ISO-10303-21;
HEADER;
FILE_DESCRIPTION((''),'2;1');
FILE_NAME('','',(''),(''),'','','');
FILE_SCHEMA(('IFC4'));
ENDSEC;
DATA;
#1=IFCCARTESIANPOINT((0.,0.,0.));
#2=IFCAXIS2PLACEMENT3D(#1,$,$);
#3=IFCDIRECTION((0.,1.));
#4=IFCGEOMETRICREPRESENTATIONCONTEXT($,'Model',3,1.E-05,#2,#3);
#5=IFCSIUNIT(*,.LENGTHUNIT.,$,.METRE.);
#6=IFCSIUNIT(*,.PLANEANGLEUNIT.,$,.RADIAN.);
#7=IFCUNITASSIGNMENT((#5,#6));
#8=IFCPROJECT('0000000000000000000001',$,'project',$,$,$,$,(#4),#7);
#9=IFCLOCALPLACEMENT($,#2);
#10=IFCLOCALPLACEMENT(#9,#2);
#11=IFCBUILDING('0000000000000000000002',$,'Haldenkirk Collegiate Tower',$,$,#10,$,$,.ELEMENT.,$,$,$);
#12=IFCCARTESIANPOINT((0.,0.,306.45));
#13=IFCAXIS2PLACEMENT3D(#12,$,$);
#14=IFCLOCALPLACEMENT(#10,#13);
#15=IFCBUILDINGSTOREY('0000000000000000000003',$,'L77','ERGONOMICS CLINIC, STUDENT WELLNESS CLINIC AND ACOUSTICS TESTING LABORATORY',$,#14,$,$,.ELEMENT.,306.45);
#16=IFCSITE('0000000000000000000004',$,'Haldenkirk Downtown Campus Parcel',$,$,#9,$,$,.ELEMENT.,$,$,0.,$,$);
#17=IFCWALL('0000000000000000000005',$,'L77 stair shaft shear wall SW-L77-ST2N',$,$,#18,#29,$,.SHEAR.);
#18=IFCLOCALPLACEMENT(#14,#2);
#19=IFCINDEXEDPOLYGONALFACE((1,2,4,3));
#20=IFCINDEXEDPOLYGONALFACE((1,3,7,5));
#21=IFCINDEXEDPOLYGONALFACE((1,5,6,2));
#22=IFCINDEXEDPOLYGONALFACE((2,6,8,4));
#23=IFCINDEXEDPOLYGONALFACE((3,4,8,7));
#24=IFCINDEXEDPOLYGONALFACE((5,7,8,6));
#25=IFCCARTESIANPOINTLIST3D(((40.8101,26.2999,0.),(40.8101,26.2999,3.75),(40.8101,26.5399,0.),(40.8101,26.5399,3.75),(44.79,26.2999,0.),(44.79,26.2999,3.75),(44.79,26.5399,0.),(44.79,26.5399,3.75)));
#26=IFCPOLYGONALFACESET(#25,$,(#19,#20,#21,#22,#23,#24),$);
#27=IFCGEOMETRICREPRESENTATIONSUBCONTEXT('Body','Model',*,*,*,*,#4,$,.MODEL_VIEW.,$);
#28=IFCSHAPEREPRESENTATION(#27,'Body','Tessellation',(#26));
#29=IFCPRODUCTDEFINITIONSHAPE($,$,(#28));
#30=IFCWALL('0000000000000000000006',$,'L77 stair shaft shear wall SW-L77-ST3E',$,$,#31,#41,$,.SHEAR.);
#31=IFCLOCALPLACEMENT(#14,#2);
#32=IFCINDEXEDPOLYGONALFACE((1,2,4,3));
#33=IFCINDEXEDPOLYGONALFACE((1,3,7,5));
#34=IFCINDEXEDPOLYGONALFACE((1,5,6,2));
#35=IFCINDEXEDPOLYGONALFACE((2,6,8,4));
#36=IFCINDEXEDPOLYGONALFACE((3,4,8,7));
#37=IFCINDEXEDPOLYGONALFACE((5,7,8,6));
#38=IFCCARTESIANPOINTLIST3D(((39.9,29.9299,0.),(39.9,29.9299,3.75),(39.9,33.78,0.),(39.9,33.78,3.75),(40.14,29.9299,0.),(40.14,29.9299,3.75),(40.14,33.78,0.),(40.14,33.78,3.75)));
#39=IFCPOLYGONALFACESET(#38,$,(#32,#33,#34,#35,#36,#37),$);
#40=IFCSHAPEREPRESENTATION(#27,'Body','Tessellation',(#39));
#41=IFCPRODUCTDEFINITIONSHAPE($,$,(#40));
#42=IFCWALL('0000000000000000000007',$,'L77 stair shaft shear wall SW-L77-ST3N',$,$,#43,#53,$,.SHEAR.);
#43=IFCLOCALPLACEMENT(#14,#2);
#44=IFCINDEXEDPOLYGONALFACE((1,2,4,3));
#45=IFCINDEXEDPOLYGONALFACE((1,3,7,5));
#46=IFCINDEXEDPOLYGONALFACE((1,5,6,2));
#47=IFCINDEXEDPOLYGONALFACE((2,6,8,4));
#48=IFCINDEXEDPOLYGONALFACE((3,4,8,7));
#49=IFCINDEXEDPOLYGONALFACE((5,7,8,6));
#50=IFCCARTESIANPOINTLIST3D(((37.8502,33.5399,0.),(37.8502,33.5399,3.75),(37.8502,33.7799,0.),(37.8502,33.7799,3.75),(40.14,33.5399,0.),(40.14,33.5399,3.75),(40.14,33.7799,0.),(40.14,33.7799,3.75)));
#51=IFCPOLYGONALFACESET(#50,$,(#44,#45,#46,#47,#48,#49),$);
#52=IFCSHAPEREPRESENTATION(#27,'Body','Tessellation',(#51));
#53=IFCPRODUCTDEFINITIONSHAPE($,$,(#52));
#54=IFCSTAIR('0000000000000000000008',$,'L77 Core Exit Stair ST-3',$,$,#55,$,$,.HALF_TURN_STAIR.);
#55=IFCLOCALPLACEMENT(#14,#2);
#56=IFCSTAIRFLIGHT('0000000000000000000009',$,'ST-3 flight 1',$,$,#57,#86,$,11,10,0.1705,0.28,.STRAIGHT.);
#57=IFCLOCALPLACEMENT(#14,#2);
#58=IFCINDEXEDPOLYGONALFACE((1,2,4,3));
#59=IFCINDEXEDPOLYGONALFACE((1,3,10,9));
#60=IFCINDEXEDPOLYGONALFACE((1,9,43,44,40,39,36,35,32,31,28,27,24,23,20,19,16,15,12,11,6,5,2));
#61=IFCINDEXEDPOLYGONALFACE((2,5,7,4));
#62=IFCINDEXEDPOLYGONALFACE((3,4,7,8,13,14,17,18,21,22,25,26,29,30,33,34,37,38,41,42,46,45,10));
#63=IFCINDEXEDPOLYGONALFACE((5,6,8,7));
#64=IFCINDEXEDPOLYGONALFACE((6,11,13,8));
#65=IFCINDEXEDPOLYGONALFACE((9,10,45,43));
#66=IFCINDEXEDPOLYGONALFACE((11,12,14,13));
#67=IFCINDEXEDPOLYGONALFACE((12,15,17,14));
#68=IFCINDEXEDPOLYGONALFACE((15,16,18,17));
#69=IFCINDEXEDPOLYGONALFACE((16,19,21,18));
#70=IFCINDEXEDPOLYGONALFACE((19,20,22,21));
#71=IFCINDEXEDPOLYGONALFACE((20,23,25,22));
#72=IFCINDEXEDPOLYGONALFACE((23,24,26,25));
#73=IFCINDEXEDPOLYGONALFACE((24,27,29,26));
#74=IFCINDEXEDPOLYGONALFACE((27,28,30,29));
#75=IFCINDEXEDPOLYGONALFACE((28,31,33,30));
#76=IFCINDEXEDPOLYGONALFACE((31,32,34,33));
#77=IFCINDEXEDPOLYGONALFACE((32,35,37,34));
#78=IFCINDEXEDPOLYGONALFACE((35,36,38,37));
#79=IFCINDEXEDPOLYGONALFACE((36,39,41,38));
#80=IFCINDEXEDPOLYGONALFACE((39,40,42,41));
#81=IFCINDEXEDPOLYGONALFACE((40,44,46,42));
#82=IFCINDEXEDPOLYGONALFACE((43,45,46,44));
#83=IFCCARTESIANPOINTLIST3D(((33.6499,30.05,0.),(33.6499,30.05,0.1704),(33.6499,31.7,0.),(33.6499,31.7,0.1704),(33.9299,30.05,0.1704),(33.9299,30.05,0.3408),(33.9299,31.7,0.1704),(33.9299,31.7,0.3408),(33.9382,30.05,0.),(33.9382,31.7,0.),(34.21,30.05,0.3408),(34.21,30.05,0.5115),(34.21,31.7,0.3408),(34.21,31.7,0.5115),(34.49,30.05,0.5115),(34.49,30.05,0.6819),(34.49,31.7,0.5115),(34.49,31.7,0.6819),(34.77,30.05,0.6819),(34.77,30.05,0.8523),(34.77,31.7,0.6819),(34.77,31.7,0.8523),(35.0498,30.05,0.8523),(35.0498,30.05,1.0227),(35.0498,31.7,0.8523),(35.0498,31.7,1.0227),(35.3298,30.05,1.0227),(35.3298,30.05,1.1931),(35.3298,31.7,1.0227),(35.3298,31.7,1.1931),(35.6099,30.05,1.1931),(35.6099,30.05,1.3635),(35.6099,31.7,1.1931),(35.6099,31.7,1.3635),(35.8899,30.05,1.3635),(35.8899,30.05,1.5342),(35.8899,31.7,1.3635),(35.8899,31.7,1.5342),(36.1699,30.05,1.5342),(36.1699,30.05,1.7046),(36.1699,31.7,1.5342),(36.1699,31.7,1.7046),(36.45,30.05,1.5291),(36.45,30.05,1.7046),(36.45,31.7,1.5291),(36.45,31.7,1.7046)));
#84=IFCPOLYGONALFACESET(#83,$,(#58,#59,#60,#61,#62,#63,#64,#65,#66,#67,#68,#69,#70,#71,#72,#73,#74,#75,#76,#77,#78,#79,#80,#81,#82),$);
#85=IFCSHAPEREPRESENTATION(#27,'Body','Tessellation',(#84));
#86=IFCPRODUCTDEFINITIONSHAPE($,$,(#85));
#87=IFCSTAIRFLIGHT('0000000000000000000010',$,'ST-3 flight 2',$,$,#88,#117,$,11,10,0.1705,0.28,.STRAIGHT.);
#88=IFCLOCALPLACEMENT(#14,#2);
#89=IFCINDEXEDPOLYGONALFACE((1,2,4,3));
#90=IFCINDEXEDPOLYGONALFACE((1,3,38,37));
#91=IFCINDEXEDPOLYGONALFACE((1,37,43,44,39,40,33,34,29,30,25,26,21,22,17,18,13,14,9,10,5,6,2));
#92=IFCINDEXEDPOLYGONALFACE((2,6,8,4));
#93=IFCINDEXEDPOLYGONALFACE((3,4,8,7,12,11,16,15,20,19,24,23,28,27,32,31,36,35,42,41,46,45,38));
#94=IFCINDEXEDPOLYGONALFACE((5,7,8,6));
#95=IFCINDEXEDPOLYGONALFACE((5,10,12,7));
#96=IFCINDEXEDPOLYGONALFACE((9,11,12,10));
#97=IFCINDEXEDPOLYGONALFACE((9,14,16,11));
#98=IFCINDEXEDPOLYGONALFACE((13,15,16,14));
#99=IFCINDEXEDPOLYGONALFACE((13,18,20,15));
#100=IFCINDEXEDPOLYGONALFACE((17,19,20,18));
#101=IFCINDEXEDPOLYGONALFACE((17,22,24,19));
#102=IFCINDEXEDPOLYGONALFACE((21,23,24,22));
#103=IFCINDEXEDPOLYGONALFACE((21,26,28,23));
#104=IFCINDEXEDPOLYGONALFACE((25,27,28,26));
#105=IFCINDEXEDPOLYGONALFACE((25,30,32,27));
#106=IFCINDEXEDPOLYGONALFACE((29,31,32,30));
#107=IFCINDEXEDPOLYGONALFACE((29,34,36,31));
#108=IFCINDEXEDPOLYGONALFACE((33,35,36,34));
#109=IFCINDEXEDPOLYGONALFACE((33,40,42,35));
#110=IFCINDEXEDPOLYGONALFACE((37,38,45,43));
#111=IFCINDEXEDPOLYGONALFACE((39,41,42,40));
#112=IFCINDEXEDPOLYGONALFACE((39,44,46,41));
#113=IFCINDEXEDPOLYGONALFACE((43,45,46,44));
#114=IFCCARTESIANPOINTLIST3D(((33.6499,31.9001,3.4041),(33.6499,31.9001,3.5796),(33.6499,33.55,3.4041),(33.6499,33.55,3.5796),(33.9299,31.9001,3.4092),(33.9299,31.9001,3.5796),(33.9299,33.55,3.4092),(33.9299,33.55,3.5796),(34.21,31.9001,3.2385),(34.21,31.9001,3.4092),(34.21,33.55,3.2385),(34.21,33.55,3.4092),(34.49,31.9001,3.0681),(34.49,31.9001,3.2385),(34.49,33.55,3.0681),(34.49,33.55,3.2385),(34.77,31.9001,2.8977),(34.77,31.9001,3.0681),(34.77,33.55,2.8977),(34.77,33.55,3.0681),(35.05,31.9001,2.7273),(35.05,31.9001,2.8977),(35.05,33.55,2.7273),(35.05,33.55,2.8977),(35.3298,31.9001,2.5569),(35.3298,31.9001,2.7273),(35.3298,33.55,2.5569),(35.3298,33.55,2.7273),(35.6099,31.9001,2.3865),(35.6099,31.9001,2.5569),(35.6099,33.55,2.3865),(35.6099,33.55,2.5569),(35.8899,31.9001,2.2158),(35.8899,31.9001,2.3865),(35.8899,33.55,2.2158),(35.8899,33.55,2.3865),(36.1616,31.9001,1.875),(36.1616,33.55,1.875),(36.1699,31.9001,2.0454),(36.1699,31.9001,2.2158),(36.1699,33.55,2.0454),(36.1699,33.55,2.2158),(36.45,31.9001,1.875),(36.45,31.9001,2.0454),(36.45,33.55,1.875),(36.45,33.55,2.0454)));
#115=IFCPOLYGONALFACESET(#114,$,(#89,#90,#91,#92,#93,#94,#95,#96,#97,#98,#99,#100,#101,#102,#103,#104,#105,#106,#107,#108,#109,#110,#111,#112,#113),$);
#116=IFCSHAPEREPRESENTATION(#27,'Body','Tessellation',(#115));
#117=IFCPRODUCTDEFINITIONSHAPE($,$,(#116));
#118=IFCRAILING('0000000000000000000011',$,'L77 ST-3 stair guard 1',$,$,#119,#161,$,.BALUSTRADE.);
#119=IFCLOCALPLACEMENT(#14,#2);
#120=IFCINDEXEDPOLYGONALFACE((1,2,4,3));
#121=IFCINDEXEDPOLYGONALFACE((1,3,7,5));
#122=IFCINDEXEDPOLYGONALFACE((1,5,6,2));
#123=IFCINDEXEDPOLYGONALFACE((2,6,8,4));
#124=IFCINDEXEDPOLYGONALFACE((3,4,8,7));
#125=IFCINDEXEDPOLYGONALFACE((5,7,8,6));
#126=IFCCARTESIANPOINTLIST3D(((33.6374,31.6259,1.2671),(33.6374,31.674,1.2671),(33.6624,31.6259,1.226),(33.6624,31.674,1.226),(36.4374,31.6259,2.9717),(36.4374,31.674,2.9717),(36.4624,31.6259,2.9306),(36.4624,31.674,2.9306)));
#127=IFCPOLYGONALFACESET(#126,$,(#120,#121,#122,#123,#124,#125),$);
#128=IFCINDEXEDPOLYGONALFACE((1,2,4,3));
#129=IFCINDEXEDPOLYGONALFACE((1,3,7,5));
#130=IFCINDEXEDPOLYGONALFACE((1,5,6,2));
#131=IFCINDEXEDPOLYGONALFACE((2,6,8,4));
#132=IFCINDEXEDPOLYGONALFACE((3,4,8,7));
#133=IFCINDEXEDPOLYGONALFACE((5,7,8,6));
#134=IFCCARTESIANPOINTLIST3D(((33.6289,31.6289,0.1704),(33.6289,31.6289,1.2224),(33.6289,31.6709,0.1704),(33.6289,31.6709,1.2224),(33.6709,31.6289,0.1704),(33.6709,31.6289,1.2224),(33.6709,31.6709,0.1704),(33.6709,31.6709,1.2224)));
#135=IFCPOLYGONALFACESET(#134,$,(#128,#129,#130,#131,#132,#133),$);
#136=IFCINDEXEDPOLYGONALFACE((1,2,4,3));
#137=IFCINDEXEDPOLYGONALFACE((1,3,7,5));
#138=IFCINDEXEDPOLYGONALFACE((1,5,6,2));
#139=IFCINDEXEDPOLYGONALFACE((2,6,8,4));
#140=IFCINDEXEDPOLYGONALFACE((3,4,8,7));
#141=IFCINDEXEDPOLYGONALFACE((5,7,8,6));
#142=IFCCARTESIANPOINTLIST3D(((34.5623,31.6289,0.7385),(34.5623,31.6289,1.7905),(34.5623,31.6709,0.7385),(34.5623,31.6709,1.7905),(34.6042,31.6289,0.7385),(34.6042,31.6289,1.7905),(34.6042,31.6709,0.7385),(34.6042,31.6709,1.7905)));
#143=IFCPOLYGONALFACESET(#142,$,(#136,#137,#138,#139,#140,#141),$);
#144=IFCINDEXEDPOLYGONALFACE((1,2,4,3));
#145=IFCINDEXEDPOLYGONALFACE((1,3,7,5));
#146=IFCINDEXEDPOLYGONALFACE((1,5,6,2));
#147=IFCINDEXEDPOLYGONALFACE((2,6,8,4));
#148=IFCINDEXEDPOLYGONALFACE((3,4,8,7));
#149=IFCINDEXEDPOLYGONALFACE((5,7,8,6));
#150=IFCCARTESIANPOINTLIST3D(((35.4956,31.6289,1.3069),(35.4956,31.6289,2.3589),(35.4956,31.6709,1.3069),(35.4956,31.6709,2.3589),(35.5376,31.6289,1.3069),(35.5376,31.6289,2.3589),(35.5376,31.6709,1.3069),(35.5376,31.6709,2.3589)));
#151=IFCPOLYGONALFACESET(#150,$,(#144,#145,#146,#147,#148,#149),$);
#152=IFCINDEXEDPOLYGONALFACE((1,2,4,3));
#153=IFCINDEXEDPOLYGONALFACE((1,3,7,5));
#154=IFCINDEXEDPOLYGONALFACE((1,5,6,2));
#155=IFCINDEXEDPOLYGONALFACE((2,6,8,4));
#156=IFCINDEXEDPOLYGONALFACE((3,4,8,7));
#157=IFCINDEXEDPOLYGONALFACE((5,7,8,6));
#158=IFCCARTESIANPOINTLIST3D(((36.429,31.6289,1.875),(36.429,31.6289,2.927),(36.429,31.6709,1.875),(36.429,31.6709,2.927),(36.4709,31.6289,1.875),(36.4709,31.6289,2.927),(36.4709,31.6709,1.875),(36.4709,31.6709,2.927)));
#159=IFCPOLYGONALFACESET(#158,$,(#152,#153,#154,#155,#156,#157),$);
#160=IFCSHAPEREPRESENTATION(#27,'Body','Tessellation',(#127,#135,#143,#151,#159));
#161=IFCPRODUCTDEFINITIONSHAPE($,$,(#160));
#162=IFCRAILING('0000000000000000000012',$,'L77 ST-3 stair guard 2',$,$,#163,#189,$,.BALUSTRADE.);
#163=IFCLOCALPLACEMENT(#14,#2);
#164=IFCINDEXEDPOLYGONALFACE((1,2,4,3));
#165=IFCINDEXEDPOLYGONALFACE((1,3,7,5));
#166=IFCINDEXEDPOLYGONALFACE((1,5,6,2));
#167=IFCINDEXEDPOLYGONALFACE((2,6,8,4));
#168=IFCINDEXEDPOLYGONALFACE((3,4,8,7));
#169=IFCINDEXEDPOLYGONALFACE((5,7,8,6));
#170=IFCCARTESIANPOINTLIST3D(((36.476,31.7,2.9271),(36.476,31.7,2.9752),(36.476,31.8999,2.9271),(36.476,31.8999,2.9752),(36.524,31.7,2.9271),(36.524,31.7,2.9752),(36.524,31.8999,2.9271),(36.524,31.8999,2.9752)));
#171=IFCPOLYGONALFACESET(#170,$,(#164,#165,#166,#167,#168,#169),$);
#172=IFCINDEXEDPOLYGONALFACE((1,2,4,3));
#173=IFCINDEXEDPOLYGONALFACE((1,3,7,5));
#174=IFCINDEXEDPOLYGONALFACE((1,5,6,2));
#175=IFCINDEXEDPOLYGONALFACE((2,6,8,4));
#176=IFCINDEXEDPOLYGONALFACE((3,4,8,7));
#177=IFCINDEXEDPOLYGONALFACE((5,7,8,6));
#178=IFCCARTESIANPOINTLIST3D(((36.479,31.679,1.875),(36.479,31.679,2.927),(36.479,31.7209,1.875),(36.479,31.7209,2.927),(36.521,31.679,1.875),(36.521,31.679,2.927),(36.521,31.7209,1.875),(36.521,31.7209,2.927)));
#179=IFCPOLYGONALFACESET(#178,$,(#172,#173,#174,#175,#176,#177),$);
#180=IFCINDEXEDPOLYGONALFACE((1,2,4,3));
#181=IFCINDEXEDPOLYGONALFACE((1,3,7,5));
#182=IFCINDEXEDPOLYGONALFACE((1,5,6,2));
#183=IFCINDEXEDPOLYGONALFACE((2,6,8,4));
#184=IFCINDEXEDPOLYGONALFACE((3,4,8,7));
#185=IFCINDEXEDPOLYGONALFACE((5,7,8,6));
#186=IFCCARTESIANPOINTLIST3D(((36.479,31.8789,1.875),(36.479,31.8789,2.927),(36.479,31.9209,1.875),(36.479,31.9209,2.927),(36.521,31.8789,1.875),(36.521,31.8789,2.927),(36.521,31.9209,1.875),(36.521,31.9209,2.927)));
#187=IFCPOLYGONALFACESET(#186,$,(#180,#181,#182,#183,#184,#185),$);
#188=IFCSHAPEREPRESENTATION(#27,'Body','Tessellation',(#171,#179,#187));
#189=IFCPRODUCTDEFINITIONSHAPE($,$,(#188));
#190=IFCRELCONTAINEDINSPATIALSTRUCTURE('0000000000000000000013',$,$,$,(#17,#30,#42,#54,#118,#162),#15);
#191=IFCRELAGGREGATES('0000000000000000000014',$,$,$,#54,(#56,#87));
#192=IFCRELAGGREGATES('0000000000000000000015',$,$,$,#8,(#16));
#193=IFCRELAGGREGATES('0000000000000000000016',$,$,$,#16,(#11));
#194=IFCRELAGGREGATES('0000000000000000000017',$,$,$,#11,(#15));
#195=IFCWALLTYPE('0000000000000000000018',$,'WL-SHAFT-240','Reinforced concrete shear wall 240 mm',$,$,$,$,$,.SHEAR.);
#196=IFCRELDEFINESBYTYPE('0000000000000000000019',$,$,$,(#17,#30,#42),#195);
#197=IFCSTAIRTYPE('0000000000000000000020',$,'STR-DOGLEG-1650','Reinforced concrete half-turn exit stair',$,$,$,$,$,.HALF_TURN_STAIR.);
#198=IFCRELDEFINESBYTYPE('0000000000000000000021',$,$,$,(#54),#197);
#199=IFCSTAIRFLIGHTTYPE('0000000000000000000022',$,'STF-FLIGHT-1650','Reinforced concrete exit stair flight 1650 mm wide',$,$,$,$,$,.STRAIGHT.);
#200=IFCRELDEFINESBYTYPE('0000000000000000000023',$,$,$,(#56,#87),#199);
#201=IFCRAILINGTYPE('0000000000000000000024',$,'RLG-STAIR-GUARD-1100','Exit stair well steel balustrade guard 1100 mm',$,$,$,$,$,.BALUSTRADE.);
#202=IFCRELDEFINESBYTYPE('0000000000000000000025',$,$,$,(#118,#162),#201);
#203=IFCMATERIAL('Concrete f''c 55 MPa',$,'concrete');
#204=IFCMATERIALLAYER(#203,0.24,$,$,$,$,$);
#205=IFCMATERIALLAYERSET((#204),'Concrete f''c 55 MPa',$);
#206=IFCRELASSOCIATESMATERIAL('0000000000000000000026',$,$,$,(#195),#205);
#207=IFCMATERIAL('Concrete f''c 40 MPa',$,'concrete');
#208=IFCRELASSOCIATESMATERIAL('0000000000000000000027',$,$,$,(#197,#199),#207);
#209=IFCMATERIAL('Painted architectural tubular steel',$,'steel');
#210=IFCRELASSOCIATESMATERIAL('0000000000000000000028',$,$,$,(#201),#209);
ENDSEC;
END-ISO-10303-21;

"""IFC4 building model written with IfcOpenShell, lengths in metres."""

from ifc_helpers import new_model, si_unit, direction, frame, frame_2d, origin, origin_2d, place, context, subcontext, project, spatial, polyline, rectangle, outline, extrude, material, layer, layer_set, type_object, element, aggregate, save


model = new_model("IFC4")

# Units and contexts
model_context = context("Model", 3, precision=1e-05, world=origin(), true_north=direction((0.0, 1.0)))
body_context = subcontext(model_context, "Body", "Model", "MODEL_VIEW")
ifc_project = project(units=[si_unit("LENGTHUNIT", "METRE"), si_unit("PLANEANGLEUNIT", "RADIAN")], contexts=[model_context])

# Site, building, storey
site_placement = place(None, origin())
site = spatial("IfcSite", under=ifc_project, at=site_placement, Name="Haldenkirk Downtown Campus Parcel", CompositionType="ELEMENT", RefElevation=0.0)
building_placement = place(site_placement, origin())
building = spatial("IfcBuilding", under=site, at=building_placement, Name="Haldenkirk Collegiate Tower", CompositionType="ELEMENT")
storey_placement = place(building_placement, frame((0.0, 0.0, 306.45)))
storey = spatial("IfcBuildingStorey", under=building, at=storey_placement, Name="L77", Description="ERGONOMICS CLINIC, STUDENT WELLNESS CLINIC AND ACOUSTICS TESTING LABORATORY", CompositionType="ELEMENT", Elevation=306.45)

# Walls
ifc_material_1 = material(Name="Concrete f'c 55 MPa", Category="concrete")
ifc_layer_1 = layer(ifc_material_1, 0.24)
ifc_layer_set_1 = layer_set([ifc_layer_1], Name="Concrete f'c 55 MPa")
wall_type_1 = type_object("IfcWallType", Name="WL-SHAFT-240", Description="Reinforced concrete shear wall 240 mm", PredefinedType="SHEAR", material=ifc_layer_set_1)
wall_1_placement = place(storey_placement, frame((40.8101, 26.4199, 0.0), z_axis=(0.0, 0.0, 1.0), x_axis=(1.0, 0.0, 0.0)))
element("IfcWall", 1, at=wall_1_placement, inside=storey, type_object=wall_type_1, Name="L77 stair shaft shear wall SW-L77-ST2N", PredefinedType="SHEAR", context=body_context, shape_type="SweptSolid", body=[
    extrude(rectangle(XDim=3.98, YDim=0.24, at=frame_2d((1.99, 0.0))), origin(), (0.0, 0.0, 1.0), 3.75),
])
wall_2_placement = place(storey_placement, frame((40.02, 29.9299, 0.0), z_axis=(0.0, 0.0, 1.0), x_axis=(0.0, 1.0, 0.0)))
element("IfcWall", 2, at=wall_2_placement, inside=storey, type_object=wall_type_1, Name="L77 stair shaft shear wall SW-L77-ST3E", PredefinedType="SHEAR", context=body_context, shape_type="SweptSolid", body=[
    extrude(rectangle(XDim=3.8501, YDim=0.24, at=frame_2d((1.925, 0.0))), origin(), (0.0, 0.0, 1.0), 3.75),
])
wall_3_placement = place(storey_placement, frame((37.8501, 33.6599, 0.0), z_axis=(0.0, 0.0, 1.0), x_axis=(1.0, 0.0, 0.0)))
element("IfcWall", 3, at=wall_3_placement, inside=storey, type_object=wall_type_1, Name="L77 stair shaft shear wall SW-L77-ST3N", PredefinedType="SHEAR", context=body_context, shape_type="SweptSolid", body=[
    extrude(rectangle(XDim=2.2898, YDim=0.24, at=frame_2d((1.145, 0.0))), origin(), (0.0, 0.0, 1.0), 3.75),
])

# Stair, stair flights
ifc_material_2 = material(Name="Concrete f'c 40 MPa", Category="concrete")
stair_type = type_object("IfcStairType", Name="STR-DOGLEG-1650", Description="Reinforced concrete half-turn exit stair", PredefinedType="HALF_TURN_STAIR", material=ifc_material_2)
stair_placement = place(storey_placement, origin())
stair = element("IfcStair", 4, at=stair_placement, inside=storey, type_object=stair_type, Name="L77 Core Exit Stair ST-3", PredefinedType="HALF_TURN_STAIR")
stair_flight_type = type_object("IfcStairFlightType", Name="STF-FLIGHT-1650", Description="Reinforced concrete exit stair flight 1650 mm wide", PredefinedType="STRAIGHT", material=ifc_material_2)
stair_flight_1_placement = place(storey_placement, frame((33.6499, 30.875, 0.0), z_axis=(0.0, 0.0, 1.0), x_axis=(1.0, 0.0, 0.0)))
stair_flight_1 = element("IfcStairFlight", 5, at=stair_flight_1_placement, type_object=stair_flight_type, Name="ST-3 flight 1", NumberOfRisers=11, NumberOfTreads=10, PredefinedType="STRAIGHT", RiserHeight=0.1705, TreadLength=0.28, context=body_context, shape_type="SweptSolid", body=[
    extrude(outline(polyline([(0.0, 0.0), (0.0, 0.1704), (0.28, 0.1704), (0.28, 0.3408), (0.5601, 0.3408), (0.5601, 0.5115), (0.8401, 0.5115), (0.8401, 0.6819), (1.1201, 0.6819), (1.1201, 0.8523), (1.3999, 0.8523), (1.3999, 1.0227), (1.6799, 1.0227), (1.6799, 1.1931), (1.96, 1.1931), (1.96, 1.3635), (2.24, 1.3635), (2.24, 1.5342), (2.52, 1.5342), (2.52, 1.7046), (2.8, 1.7046), (2.8, 1.875), (2.8, 1.5291), (0.2883, 0.0), (0.0, 0.0)])), frame((0.0, 0.825, 0.0), z_axis=(0.0, -1.0, 0.0), x_axis=(1.0, 0.0, 0.0)), (0.0, 0.0, 1.0), 1.6499),
])
stair_flight_2_placement = place(storey_placement, frame((36.45, 32.7251, 1.875), z_axis=(0.0, 0.0, 1.0), x_axis=(-1.0, 0.0, 0.0)))
stair_flight_2 = element("IfcStairFlight", 6, at=stair_flight_2_placement, type_object=stair_flight_type, Name="ST-3 flight 2", NumberOfRisers=11, NumberOfTreads=10, PredefinedType="STRAIGHT", RiserHeight=0.1705, TreadLength=0.28, context=body_context, shape_type="SweptSolid", body=[
    extrude(outline(polyline([(0.0, 0.0), (0.0, 0.1704), (0.28, 0.1704), (0.28, 0.3408), (0.5601, 0.3408), (0.5601, 0.5115), (0.8401, 0.5115), (0.8401, 0.6819), (1.1201, 0.6819), (1.1201, 0.8523), (1.3999, 0.8523), (1.3999, 1.0227), (1.6799, 1.0227), (1.6799, 1.1931), (1.96, 1.1931), (1.96, 1.3635), (2.24, 1.3635), (2.24, 1.5342), (2.52, 1.5342), (2.52, 1.7046), (2.8, 1.7046), (2.8, 1.875), (2.8, 1.5291), (0.2883, 0.0), (0.0, 0.0)])), frame((0.0, 0.825, 0.0), z_axis=(0.0, -1.0, 0.0), x_axis=(1.0, 0.0, 0.0)), (0.0, 0.0, 1.0), 1.6499),
])
aggregate(stair, [stair_flight_1, stair_flight_2])

# Railings
ifc_material_3 = material(Name="Painted architectural tubular steel", Category="steel")
railing_type_1 = type_object("IfcRailingType", Name="RLG-STAIR-GUARD-1100", Description="Exit stair well steel balustrade guard 1100 mm", PredefinedType="BALUSTRADE", material=ifc_material_3)
railing_1_placement = place(storey_placement, frame((33.6499, 31.6499, 0.1704)))
element("IfcRailing", 7, at=railing_1_placement, inside=storey, type_object=railing_type_1, Name="L77 ST-3 stair guard 1", PredefinedType="BALUSTRADE", context=body_context, shape_type="SweptSolid", body=[
    extrude(rectangle(XDim=0.0481, YDim=0.0481, at=origin_2d()), frame((0.0, 0.0, 1.0762), z_axis=(0.85417, 0.0, 0.519994), x_axis=(0.0, 1.0, 0.0)), (0.0, 0.0, 1.0), 3.2781),
    extrude(rectangle(XDim=0.042, YDim=0.042, at=origin_2d()), origin(), (0.0, 0.0, 1.0), 1.052),
    extrude(rectangle(XDim=0.042, YDim=0.042, at=origin_2d()), frame((0.9333, 0.0, 0.5681)), (0.0, 0.0, 1.0), 1.052),
    extrude(rectangle(XDim=0.042, YDim=0.042, at=origin_2d()), frame((1.8667, 0.0, 1.1365)), (0.0, 0.0, 1.0), 1.052),
    extrude(rectangle(XDim=0.042, YDim=0.042, at=origin_2d()), frame((2.8, 0.0, 1.7046)), (0.0, 0.0, 1.0), 1.052),
])
railing_2_placement = place(storey_placement, frame((36.5, 31.7, 1.875)))
element("IfcRailing", 8, at=railing_2_placement, inside=storey, type_object=railing_type_1, Name="L77 ST-3 stair guard 2", PredefinedType="BALUSTRADE", context=body_context, shape_type="SweptSolid", body=[
    extrude(rectangle(XDim=0.0481, YDim=0.0481, at=origin_2d()), frame((0.0, 0.0, 1.0762), z_axis=(0.0, 1.0, 0.0), x_axis=(-1.0, 0.0, 0.0)), (0.0, 0.0, 1.0), 0.2),
    extrude(rectangle(XDim=0.042, YDim=0.042, at=origin_2d()), origin(), (0.0, 0.0, 1.0), 1.052),
    extrude(rectangle(XDim=0.042, YDim=0.042, at=origin_2d()), frame((0.0, 0.2, 0.0)), (0.0, 0.0, 1.0), 1.052),
])

save(model, "model.ifc")
